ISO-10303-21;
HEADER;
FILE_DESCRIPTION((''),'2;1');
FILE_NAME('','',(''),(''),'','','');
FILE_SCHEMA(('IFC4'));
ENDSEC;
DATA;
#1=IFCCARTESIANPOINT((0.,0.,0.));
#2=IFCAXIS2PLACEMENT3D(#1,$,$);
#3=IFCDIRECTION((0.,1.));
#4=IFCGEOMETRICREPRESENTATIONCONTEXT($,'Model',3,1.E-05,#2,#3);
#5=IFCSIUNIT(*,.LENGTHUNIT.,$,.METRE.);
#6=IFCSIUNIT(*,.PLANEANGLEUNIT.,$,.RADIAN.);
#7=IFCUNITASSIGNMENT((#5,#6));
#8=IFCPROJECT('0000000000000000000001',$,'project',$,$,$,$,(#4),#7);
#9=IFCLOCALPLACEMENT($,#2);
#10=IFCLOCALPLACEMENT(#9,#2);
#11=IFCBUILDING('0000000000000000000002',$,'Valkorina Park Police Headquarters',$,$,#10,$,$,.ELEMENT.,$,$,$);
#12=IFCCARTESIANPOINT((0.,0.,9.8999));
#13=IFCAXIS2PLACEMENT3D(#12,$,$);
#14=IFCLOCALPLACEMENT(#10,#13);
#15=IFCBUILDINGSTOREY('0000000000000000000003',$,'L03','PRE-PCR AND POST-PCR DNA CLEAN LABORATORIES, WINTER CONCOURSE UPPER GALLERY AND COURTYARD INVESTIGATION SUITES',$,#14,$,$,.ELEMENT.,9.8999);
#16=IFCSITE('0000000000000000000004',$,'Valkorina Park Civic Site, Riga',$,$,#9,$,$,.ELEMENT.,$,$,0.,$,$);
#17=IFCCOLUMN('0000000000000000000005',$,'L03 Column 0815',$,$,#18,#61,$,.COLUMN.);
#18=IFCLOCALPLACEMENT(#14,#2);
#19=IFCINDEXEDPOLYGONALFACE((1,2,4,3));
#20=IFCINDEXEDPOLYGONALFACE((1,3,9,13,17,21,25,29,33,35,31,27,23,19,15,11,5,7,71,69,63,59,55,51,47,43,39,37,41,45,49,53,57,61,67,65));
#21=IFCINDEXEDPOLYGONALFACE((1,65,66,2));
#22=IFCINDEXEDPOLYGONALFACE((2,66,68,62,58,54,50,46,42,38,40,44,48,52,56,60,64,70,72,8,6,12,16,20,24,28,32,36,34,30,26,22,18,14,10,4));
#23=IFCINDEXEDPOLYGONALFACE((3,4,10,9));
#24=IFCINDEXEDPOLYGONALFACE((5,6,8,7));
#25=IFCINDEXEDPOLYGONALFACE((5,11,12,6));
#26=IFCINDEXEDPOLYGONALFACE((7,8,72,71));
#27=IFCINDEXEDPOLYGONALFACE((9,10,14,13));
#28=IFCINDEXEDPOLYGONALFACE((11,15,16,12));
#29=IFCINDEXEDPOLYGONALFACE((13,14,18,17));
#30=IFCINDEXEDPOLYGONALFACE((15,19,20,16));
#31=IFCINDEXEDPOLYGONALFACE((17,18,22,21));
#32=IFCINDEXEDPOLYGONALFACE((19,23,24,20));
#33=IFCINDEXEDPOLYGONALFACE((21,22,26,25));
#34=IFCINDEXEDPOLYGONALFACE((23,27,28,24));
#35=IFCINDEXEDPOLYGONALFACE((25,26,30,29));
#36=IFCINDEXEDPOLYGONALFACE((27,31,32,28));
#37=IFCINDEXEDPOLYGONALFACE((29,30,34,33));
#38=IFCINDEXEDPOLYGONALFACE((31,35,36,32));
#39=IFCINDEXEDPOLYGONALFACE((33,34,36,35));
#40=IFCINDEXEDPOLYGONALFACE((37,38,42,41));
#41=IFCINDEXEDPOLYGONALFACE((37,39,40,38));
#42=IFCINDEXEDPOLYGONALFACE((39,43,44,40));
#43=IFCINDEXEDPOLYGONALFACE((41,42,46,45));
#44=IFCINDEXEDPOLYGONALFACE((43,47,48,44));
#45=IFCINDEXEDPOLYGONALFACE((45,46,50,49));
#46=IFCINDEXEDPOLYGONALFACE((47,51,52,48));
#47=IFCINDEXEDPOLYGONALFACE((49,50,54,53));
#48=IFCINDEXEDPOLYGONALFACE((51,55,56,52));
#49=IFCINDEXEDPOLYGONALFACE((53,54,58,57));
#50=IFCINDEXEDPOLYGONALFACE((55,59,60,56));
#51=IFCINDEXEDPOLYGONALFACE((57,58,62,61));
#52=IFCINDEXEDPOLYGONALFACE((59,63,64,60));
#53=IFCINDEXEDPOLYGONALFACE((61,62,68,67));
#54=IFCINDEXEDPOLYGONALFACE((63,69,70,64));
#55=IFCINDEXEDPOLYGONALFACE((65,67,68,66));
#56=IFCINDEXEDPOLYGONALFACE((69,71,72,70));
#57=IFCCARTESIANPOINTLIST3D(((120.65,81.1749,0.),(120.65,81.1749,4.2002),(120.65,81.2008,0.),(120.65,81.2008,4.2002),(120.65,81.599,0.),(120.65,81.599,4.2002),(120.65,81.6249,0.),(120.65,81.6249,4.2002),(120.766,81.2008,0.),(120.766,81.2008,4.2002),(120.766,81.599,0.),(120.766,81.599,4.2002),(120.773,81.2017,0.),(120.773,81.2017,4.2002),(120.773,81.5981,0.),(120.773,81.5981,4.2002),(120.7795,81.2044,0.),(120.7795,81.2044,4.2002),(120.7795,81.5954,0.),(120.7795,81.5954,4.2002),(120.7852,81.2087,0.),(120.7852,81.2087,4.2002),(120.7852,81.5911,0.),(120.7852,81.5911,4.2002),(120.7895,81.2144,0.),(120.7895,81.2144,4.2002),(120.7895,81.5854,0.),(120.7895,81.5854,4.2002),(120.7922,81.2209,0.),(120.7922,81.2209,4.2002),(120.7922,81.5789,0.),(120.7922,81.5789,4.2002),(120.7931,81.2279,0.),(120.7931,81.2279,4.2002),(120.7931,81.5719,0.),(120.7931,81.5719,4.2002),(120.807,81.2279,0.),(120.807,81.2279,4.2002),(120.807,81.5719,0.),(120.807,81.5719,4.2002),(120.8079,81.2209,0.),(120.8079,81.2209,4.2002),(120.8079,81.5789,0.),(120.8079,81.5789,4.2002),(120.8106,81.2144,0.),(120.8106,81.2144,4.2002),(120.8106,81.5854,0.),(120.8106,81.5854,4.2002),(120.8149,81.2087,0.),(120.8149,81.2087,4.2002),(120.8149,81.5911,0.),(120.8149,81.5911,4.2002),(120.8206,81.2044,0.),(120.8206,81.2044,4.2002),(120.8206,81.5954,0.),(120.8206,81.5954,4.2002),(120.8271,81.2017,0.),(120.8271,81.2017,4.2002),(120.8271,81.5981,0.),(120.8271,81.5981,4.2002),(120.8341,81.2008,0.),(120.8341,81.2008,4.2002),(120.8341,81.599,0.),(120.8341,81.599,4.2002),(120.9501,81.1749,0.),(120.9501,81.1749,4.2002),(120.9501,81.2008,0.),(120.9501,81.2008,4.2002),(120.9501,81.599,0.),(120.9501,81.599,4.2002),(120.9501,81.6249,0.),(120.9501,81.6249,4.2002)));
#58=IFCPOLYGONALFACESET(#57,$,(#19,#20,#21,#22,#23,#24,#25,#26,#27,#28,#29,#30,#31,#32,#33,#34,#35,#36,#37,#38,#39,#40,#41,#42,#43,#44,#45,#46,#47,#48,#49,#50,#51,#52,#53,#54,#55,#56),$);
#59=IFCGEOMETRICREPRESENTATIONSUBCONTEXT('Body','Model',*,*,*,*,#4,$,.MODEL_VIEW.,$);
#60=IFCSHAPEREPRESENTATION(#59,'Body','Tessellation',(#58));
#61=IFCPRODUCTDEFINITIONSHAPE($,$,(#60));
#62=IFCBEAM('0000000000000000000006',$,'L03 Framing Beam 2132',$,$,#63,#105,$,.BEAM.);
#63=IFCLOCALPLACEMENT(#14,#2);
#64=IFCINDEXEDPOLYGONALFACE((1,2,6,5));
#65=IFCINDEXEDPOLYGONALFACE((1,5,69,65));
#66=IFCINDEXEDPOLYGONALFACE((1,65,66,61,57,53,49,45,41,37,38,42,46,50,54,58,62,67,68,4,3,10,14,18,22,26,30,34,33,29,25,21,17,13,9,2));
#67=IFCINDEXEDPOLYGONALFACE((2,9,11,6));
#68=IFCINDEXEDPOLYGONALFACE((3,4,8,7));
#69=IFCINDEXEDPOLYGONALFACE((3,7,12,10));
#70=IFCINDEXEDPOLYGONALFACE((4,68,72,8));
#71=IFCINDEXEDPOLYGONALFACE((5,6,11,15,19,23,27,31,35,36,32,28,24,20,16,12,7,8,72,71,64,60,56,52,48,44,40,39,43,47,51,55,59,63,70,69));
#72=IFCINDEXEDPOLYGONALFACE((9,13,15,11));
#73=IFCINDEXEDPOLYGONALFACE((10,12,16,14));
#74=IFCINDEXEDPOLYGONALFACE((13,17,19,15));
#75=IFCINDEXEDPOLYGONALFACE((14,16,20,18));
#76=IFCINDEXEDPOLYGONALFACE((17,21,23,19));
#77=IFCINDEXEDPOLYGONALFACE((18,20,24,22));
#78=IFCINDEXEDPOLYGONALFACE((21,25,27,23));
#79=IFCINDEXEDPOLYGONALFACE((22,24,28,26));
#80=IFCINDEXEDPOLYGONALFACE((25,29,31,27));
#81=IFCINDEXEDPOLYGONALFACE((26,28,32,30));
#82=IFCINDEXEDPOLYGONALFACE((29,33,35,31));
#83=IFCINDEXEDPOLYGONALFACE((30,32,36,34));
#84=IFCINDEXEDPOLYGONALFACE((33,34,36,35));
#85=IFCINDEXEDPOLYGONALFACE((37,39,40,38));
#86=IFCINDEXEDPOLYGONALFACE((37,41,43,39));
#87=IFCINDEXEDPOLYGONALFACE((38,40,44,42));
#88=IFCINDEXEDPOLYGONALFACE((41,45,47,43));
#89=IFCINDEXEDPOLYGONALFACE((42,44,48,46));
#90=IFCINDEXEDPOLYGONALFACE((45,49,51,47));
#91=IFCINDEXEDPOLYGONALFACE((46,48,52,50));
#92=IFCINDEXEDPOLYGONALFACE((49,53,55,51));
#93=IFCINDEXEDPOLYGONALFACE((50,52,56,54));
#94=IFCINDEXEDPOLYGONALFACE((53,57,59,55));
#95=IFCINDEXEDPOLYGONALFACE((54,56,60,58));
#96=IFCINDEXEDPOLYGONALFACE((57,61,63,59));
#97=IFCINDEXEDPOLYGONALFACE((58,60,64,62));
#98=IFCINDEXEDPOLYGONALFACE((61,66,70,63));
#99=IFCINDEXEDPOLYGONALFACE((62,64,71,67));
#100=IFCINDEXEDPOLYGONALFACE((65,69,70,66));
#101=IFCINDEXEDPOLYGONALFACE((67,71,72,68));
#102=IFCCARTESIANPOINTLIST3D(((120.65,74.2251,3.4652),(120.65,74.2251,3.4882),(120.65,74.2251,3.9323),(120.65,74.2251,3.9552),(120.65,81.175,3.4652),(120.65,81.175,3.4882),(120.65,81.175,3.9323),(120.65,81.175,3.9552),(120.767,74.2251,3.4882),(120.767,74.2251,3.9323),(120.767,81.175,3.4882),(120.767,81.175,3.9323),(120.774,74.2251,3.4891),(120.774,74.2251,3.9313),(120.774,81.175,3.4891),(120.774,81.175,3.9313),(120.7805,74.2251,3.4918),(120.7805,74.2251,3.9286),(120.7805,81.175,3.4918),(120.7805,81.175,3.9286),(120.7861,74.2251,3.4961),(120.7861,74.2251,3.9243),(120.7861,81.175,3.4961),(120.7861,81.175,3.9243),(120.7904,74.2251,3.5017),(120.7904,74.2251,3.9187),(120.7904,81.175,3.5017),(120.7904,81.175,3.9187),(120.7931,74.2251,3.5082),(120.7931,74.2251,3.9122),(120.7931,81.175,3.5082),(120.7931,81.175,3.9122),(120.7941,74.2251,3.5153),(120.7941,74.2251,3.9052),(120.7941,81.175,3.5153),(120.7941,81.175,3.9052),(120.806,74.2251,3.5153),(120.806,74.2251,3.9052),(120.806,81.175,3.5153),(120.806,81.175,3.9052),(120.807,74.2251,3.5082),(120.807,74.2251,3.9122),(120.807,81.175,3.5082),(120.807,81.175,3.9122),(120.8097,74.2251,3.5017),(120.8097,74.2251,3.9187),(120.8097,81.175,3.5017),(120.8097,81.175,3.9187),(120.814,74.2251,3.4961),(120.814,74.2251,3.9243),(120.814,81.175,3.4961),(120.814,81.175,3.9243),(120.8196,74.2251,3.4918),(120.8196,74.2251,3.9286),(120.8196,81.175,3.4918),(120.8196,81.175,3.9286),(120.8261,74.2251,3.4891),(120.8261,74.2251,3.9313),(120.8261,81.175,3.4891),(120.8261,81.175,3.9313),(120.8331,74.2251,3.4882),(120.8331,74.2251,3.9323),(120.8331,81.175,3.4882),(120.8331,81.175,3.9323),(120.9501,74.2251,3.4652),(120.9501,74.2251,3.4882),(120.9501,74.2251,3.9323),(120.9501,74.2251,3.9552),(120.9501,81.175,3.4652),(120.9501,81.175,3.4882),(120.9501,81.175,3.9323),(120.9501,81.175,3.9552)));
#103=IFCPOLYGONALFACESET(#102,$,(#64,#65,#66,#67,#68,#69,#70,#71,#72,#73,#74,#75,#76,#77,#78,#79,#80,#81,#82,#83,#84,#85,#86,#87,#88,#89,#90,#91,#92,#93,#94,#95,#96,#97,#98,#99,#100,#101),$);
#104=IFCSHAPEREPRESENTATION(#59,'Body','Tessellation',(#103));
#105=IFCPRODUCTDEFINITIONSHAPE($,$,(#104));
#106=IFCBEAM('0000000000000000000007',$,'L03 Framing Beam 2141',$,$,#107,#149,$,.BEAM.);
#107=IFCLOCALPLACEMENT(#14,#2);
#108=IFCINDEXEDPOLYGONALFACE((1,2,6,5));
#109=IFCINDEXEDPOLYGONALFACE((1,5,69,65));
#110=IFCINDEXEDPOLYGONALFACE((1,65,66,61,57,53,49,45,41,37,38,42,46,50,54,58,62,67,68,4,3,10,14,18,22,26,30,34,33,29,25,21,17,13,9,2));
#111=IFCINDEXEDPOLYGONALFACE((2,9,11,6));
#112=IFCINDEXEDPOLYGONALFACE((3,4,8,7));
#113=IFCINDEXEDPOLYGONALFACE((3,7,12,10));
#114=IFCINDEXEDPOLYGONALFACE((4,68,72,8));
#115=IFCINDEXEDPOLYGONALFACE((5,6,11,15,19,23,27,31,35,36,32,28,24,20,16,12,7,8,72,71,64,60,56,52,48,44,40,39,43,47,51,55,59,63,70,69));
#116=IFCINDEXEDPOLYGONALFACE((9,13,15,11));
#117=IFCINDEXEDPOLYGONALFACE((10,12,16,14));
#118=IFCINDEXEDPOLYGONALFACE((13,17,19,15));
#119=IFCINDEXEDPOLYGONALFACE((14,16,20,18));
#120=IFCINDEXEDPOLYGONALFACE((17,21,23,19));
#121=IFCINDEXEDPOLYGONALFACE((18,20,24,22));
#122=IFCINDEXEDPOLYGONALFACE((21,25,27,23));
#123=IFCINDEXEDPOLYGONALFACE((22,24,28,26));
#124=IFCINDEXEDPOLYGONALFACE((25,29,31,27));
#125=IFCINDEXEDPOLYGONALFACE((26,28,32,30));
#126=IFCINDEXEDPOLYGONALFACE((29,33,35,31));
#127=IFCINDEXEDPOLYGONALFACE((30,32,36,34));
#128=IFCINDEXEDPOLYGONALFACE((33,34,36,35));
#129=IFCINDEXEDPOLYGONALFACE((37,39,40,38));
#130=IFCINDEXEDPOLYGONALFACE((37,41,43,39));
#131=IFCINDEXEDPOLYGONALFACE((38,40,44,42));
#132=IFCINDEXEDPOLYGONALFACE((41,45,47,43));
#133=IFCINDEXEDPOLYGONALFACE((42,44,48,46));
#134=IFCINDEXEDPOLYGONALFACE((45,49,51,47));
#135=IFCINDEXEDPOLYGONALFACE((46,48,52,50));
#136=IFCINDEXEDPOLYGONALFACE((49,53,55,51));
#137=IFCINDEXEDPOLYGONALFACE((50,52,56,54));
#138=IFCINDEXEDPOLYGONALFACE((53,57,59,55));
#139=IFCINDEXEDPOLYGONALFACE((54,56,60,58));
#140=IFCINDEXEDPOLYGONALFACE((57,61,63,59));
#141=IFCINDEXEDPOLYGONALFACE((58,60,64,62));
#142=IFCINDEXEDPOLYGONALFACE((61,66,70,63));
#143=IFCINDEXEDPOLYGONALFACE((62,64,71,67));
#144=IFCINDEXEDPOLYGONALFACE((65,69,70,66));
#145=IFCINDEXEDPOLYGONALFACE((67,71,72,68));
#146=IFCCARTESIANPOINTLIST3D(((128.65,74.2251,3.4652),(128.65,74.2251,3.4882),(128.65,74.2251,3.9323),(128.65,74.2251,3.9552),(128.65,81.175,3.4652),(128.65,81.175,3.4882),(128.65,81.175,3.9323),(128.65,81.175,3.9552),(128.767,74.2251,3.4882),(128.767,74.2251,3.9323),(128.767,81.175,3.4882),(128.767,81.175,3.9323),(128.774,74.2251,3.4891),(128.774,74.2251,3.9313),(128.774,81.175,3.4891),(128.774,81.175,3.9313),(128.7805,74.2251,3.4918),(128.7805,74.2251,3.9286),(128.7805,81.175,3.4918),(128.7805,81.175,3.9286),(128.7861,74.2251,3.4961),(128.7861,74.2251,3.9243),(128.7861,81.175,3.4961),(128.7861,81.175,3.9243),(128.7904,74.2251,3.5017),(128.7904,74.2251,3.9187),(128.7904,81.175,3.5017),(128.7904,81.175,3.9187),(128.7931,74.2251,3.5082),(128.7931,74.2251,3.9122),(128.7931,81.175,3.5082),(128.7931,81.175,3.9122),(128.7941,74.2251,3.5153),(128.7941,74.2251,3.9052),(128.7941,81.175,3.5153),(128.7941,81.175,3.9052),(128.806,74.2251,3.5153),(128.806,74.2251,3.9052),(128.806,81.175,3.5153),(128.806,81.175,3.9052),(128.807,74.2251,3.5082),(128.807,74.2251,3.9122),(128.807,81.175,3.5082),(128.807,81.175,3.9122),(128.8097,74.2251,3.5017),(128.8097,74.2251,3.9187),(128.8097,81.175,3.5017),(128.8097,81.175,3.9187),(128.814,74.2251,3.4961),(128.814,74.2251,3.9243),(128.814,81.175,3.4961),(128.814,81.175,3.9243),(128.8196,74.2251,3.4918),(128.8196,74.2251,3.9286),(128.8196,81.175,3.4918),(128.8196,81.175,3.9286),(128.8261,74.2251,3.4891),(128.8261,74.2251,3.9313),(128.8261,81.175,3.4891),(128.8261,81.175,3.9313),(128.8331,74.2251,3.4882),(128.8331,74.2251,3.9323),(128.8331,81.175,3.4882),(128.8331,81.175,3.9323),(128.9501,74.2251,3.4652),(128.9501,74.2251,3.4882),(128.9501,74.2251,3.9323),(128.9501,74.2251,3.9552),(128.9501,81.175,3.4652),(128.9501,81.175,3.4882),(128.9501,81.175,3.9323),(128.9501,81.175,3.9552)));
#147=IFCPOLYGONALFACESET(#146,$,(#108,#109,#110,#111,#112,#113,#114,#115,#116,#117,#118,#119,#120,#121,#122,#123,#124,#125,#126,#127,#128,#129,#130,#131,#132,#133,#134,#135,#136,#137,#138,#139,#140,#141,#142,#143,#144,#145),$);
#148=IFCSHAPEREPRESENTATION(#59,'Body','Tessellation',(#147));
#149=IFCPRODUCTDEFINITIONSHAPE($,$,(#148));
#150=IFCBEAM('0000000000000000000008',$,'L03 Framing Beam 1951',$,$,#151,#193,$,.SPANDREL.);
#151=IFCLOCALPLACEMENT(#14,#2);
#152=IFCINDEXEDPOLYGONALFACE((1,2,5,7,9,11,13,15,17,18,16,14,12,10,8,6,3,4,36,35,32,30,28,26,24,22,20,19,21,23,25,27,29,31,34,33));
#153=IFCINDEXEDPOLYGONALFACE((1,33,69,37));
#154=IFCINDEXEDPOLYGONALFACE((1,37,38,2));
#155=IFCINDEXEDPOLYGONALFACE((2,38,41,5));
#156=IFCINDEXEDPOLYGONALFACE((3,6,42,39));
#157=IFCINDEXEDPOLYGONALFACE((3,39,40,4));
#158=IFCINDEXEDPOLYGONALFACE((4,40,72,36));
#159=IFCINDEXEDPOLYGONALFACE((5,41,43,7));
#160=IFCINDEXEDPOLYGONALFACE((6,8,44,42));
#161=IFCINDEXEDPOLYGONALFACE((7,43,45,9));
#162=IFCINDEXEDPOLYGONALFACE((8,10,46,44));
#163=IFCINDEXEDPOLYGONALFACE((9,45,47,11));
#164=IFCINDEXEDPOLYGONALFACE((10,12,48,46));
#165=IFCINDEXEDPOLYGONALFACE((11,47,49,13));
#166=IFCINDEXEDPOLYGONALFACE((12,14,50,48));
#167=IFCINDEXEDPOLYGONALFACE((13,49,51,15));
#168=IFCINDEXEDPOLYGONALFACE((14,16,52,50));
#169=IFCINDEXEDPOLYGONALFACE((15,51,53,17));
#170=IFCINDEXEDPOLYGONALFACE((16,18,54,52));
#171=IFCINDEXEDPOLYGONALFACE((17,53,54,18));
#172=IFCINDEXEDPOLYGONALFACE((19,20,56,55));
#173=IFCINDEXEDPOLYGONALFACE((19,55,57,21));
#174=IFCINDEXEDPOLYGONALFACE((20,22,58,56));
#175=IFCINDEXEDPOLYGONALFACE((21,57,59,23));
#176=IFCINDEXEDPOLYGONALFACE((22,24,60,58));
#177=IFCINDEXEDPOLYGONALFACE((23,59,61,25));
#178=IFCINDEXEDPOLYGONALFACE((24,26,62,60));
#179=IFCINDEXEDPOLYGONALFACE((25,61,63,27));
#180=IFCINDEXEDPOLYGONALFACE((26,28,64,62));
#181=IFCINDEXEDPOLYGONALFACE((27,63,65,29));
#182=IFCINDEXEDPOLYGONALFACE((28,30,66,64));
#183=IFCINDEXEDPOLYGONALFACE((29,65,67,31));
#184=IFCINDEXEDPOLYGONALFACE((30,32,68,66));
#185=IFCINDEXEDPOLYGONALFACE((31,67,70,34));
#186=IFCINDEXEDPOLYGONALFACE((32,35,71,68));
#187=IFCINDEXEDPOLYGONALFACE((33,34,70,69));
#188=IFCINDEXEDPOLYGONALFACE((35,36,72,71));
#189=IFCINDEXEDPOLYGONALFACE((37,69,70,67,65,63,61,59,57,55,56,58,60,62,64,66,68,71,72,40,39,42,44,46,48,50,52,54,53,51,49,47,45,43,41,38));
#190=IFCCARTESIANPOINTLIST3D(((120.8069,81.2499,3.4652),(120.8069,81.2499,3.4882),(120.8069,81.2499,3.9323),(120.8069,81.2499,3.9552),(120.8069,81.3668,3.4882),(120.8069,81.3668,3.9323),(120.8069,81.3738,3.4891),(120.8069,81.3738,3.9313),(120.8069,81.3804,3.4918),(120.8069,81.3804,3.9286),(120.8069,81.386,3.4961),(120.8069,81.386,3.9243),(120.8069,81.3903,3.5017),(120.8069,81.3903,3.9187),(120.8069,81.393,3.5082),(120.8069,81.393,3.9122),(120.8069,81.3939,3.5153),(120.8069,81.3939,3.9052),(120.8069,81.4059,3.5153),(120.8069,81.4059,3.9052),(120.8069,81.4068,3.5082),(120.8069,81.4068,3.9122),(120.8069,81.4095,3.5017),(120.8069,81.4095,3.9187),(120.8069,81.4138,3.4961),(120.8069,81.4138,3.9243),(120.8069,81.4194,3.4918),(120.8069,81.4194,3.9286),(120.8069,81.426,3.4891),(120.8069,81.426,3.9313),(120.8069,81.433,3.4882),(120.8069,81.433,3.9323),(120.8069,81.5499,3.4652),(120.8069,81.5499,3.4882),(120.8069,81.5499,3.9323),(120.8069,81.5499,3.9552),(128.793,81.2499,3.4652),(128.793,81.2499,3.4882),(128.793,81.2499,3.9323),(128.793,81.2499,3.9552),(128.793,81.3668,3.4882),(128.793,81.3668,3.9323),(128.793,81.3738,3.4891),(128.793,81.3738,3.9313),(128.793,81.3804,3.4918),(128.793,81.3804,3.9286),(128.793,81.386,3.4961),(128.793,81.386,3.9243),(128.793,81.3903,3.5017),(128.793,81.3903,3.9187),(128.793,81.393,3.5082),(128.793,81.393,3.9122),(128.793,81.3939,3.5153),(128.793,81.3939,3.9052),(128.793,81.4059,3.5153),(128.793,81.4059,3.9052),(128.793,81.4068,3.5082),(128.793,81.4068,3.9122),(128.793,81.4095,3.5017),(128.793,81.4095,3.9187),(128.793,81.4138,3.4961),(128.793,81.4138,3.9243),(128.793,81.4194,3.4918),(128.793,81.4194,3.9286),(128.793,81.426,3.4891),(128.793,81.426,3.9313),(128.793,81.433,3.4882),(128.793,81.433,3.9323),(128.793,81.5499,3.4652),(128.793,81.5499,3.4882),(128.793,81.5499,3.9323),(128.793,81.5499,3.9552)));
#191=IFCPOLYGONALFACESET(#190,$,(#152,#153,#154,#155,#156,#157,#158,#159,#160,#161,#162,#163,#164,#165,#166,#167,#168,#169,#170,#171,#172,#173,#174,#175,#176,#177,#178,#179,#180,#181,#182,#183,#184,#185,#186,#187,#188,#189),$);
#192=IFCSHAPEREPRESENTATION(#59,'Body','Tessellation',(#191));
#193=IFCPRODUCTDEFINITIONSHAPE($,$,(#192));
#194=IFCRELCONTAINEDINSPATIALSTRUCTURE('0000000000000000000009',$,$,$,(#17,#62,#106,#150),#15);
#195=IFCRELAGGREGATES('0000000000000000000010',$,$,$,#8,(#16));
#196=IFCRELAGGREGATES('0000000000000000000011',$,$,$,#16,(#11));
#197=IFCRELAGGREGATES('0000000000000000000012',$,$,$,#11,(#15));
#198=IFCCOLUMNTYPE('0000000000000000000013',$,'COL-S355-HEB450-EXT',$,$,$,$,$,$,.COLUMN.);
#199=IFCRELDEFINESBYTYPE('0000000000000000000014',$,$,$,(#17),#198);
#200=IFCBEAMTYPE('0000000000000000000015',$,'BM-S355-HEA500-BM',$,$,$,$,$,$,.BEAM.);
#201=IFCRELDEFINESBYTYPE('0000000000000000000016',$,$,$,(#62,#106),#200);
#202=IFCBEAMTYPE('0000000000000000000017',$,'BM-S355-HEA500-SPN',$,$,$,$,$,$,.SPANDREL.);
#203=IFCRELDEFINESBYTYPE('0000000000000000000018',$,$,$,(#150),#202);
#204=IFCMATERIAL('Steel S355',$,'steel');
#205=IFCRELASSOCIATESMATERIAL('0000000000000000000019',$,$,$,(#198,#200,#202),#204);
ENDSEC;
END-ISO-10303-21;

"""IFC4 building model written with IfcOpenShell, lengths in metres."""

from ifc_helpers import new_model, si_unit, direction, frame, origin, origin_2d, place, context, subcontext, project, spatial, i_section, extrude, material, material_profile, profile_set, type_object, element, save


model = new_model("IFC4")

# Units and contexts
model_context = context("Model", 3, precision=1e-05, world=origin(), true_north=direction((0.0, 1.0)))
body_context = subcontext(model_context, "Body", "Model", "MODEL_VIEW")
ifc_project = project(units=[si_unit("LENGTHUNIT", "METRE"), si_unit("PLANEANGLEUNIT", "RADIAN")], contexts=[model_context])

# Site, building, storey
site_placement = place(None, origin())
site = spatial("IfcSite", under=ifc_project, at=site_placement, Name="Valkorina Park Civic Site, Riga", CompositionType="ELEMENT", RefElevation=0.0)
building_placement = place(site_placement, origin())
building = spatial("IfcBuilding", under=site, at=building_placement, Name="Valkorina Park Police Headquarters", CompositionType="ELEMENT")
storey_placement = place(building_placement, frame((0.0, 0.0, 9.8999)))
storey = spatial("IfcBuildingStorey", under=building, at=storey_placement, Name="L03", Description="PRE-PCR AND POST-PCR DNA CLEAN LABORATORIES, WINTER CONCOURSE UPPER GALLERY AND COURTYARD INVESTIGATION SUITES", CompositionType="ELEMENT", Elevation=9.8999)

# Column
ifc_material_1 = material(Name="Steel S355", Category="steel")
ifc_material_profile_1 = material_profile(ifc_material_1, i_section(OverallWidth=0.3, OverallDepth=0.45, WebThickness=0.0139, FlangeThickness=0.0259, FilletRadius=0.0271, at=origin_2d()), Name="HEB 450")
ifc_profile_set_1 = profile_set([ifc_material_profile_1], Name="Steel S355")
column_type = type_object("IfcColumnType", Name="COL-S355-HEB450-EXT", PredefinedType="COLUMN", material=ifc_profile_set_1)
column_placement = place(storey_placement, frame((120.8, 81.3999, 0.0), z_axis=(0.0, 0.0, 1.0), x_axis=(1.0, 0.0, 0.0)))
element("IfcColumn", 1, at=column_placement, inside=storey, type_object=column_type, Name="L03 Column 0815", PredefinedType="COLUMN", context=body_context, shape_type="SweptSolid", body=[
    extrude(i_section(OverallWidth=0.3, OverallDepth=0.45, WebThickness=0.0139, FlangeThickness=0.0259, FilletRadius=0.0271, at=origin_2d()), origin(), (0.0, 0.0, 1.0), 4.2002),
])

# Beams
ifc_material_profile_2 = material_profile(ifc_material_1, i_section(OverallWidth=0.3, OverallDepth=0.49, WebThickness=0.012, FlangeThickness=0.0229, FilletRadius=0.0271, at=origin_2d()), Name="HEA 500")
ifc_profile_set_2 = profile_set([ifc_material_profile_2], Name="Steel S355")
beam_type_1 = type_object("IfcBeamType", Name="BM-S355-HEA500-BM", PredefinedType="BEAM", material=ifc_profile_set_2)
for number, where, z_axis, x_axis, name in (
    (2, (120.8, 74.2251, 3.7102), (0.0, 1.0, 0.0), (-1.0, 0.0, 0.0), "L03 Framing Beam 2132"),
    (3, (128.8, 74.2251, 3.7102), (0.0, 1.0, 0.0), (-1.0, 0.0, 0.0), "L03 Framing Beam 2141"),
):
    element("IfcBeam", number, at=place(storey_placement, frame(where, z_axis=z_axis, x_axis=x_axis)), inside=storey, type_object=beam_type_1, Name=name, PredefinedType="BEAM", context=body_context, shape_type="SweptSolid", body=[
        extrude(i_section(OverallWidth=0.3, OverallDepth=0.49, WebThickness=0.012, FlangeThickness=0.0229, FilletRadius=0.0271, at=origin_2d()), origin(), (0.0, 0.0, 1.0), 6.95),
    ])
ifc_material_profile_3 = material_profile(ifc_material_1, i_section(OverallWidth=0.3, OverallDepth=0.49, WebThickness=0.012, FlangeThickness=0.0229, FilletRadius=0.0271, at=origin_2d()), Name="HEA 500")
ifc_profile_set_3 = profile_set([ifc_material_profile_3], Name="Steel S355")
beam_type_2 = type_object("IfcBeamType", Name="BM-S355-HEA500-SPN", PredefinedType="SPANDREL", material=ifc_profile_set_3)
beam_placement = place(storey_placement, frame((120.8069, 81.3999, 3.7102), z_axis=(1.0, 0.0, 0.0), x_axis=(0.0, 1.0, 0.0)))
element("IfcBeam", 4, at=beam_placement, inside=storey, type_object=beam_type_2, Name="L03 Framing Beam 1951", PredefinedType="SPANDREL", context=body_context, shape_type="SweptSolid", body=[
    extrude(i_section(OverallWidth=0.3, OverallDepth=0.49, WebThickness=0.012, FlangeThickness=0.0229, FilletRadius=0.0271, at=origin_2d()), origin(), (0.0, 0.0, 1.0), 7.9861),
])

save(model, "model.ifc")
